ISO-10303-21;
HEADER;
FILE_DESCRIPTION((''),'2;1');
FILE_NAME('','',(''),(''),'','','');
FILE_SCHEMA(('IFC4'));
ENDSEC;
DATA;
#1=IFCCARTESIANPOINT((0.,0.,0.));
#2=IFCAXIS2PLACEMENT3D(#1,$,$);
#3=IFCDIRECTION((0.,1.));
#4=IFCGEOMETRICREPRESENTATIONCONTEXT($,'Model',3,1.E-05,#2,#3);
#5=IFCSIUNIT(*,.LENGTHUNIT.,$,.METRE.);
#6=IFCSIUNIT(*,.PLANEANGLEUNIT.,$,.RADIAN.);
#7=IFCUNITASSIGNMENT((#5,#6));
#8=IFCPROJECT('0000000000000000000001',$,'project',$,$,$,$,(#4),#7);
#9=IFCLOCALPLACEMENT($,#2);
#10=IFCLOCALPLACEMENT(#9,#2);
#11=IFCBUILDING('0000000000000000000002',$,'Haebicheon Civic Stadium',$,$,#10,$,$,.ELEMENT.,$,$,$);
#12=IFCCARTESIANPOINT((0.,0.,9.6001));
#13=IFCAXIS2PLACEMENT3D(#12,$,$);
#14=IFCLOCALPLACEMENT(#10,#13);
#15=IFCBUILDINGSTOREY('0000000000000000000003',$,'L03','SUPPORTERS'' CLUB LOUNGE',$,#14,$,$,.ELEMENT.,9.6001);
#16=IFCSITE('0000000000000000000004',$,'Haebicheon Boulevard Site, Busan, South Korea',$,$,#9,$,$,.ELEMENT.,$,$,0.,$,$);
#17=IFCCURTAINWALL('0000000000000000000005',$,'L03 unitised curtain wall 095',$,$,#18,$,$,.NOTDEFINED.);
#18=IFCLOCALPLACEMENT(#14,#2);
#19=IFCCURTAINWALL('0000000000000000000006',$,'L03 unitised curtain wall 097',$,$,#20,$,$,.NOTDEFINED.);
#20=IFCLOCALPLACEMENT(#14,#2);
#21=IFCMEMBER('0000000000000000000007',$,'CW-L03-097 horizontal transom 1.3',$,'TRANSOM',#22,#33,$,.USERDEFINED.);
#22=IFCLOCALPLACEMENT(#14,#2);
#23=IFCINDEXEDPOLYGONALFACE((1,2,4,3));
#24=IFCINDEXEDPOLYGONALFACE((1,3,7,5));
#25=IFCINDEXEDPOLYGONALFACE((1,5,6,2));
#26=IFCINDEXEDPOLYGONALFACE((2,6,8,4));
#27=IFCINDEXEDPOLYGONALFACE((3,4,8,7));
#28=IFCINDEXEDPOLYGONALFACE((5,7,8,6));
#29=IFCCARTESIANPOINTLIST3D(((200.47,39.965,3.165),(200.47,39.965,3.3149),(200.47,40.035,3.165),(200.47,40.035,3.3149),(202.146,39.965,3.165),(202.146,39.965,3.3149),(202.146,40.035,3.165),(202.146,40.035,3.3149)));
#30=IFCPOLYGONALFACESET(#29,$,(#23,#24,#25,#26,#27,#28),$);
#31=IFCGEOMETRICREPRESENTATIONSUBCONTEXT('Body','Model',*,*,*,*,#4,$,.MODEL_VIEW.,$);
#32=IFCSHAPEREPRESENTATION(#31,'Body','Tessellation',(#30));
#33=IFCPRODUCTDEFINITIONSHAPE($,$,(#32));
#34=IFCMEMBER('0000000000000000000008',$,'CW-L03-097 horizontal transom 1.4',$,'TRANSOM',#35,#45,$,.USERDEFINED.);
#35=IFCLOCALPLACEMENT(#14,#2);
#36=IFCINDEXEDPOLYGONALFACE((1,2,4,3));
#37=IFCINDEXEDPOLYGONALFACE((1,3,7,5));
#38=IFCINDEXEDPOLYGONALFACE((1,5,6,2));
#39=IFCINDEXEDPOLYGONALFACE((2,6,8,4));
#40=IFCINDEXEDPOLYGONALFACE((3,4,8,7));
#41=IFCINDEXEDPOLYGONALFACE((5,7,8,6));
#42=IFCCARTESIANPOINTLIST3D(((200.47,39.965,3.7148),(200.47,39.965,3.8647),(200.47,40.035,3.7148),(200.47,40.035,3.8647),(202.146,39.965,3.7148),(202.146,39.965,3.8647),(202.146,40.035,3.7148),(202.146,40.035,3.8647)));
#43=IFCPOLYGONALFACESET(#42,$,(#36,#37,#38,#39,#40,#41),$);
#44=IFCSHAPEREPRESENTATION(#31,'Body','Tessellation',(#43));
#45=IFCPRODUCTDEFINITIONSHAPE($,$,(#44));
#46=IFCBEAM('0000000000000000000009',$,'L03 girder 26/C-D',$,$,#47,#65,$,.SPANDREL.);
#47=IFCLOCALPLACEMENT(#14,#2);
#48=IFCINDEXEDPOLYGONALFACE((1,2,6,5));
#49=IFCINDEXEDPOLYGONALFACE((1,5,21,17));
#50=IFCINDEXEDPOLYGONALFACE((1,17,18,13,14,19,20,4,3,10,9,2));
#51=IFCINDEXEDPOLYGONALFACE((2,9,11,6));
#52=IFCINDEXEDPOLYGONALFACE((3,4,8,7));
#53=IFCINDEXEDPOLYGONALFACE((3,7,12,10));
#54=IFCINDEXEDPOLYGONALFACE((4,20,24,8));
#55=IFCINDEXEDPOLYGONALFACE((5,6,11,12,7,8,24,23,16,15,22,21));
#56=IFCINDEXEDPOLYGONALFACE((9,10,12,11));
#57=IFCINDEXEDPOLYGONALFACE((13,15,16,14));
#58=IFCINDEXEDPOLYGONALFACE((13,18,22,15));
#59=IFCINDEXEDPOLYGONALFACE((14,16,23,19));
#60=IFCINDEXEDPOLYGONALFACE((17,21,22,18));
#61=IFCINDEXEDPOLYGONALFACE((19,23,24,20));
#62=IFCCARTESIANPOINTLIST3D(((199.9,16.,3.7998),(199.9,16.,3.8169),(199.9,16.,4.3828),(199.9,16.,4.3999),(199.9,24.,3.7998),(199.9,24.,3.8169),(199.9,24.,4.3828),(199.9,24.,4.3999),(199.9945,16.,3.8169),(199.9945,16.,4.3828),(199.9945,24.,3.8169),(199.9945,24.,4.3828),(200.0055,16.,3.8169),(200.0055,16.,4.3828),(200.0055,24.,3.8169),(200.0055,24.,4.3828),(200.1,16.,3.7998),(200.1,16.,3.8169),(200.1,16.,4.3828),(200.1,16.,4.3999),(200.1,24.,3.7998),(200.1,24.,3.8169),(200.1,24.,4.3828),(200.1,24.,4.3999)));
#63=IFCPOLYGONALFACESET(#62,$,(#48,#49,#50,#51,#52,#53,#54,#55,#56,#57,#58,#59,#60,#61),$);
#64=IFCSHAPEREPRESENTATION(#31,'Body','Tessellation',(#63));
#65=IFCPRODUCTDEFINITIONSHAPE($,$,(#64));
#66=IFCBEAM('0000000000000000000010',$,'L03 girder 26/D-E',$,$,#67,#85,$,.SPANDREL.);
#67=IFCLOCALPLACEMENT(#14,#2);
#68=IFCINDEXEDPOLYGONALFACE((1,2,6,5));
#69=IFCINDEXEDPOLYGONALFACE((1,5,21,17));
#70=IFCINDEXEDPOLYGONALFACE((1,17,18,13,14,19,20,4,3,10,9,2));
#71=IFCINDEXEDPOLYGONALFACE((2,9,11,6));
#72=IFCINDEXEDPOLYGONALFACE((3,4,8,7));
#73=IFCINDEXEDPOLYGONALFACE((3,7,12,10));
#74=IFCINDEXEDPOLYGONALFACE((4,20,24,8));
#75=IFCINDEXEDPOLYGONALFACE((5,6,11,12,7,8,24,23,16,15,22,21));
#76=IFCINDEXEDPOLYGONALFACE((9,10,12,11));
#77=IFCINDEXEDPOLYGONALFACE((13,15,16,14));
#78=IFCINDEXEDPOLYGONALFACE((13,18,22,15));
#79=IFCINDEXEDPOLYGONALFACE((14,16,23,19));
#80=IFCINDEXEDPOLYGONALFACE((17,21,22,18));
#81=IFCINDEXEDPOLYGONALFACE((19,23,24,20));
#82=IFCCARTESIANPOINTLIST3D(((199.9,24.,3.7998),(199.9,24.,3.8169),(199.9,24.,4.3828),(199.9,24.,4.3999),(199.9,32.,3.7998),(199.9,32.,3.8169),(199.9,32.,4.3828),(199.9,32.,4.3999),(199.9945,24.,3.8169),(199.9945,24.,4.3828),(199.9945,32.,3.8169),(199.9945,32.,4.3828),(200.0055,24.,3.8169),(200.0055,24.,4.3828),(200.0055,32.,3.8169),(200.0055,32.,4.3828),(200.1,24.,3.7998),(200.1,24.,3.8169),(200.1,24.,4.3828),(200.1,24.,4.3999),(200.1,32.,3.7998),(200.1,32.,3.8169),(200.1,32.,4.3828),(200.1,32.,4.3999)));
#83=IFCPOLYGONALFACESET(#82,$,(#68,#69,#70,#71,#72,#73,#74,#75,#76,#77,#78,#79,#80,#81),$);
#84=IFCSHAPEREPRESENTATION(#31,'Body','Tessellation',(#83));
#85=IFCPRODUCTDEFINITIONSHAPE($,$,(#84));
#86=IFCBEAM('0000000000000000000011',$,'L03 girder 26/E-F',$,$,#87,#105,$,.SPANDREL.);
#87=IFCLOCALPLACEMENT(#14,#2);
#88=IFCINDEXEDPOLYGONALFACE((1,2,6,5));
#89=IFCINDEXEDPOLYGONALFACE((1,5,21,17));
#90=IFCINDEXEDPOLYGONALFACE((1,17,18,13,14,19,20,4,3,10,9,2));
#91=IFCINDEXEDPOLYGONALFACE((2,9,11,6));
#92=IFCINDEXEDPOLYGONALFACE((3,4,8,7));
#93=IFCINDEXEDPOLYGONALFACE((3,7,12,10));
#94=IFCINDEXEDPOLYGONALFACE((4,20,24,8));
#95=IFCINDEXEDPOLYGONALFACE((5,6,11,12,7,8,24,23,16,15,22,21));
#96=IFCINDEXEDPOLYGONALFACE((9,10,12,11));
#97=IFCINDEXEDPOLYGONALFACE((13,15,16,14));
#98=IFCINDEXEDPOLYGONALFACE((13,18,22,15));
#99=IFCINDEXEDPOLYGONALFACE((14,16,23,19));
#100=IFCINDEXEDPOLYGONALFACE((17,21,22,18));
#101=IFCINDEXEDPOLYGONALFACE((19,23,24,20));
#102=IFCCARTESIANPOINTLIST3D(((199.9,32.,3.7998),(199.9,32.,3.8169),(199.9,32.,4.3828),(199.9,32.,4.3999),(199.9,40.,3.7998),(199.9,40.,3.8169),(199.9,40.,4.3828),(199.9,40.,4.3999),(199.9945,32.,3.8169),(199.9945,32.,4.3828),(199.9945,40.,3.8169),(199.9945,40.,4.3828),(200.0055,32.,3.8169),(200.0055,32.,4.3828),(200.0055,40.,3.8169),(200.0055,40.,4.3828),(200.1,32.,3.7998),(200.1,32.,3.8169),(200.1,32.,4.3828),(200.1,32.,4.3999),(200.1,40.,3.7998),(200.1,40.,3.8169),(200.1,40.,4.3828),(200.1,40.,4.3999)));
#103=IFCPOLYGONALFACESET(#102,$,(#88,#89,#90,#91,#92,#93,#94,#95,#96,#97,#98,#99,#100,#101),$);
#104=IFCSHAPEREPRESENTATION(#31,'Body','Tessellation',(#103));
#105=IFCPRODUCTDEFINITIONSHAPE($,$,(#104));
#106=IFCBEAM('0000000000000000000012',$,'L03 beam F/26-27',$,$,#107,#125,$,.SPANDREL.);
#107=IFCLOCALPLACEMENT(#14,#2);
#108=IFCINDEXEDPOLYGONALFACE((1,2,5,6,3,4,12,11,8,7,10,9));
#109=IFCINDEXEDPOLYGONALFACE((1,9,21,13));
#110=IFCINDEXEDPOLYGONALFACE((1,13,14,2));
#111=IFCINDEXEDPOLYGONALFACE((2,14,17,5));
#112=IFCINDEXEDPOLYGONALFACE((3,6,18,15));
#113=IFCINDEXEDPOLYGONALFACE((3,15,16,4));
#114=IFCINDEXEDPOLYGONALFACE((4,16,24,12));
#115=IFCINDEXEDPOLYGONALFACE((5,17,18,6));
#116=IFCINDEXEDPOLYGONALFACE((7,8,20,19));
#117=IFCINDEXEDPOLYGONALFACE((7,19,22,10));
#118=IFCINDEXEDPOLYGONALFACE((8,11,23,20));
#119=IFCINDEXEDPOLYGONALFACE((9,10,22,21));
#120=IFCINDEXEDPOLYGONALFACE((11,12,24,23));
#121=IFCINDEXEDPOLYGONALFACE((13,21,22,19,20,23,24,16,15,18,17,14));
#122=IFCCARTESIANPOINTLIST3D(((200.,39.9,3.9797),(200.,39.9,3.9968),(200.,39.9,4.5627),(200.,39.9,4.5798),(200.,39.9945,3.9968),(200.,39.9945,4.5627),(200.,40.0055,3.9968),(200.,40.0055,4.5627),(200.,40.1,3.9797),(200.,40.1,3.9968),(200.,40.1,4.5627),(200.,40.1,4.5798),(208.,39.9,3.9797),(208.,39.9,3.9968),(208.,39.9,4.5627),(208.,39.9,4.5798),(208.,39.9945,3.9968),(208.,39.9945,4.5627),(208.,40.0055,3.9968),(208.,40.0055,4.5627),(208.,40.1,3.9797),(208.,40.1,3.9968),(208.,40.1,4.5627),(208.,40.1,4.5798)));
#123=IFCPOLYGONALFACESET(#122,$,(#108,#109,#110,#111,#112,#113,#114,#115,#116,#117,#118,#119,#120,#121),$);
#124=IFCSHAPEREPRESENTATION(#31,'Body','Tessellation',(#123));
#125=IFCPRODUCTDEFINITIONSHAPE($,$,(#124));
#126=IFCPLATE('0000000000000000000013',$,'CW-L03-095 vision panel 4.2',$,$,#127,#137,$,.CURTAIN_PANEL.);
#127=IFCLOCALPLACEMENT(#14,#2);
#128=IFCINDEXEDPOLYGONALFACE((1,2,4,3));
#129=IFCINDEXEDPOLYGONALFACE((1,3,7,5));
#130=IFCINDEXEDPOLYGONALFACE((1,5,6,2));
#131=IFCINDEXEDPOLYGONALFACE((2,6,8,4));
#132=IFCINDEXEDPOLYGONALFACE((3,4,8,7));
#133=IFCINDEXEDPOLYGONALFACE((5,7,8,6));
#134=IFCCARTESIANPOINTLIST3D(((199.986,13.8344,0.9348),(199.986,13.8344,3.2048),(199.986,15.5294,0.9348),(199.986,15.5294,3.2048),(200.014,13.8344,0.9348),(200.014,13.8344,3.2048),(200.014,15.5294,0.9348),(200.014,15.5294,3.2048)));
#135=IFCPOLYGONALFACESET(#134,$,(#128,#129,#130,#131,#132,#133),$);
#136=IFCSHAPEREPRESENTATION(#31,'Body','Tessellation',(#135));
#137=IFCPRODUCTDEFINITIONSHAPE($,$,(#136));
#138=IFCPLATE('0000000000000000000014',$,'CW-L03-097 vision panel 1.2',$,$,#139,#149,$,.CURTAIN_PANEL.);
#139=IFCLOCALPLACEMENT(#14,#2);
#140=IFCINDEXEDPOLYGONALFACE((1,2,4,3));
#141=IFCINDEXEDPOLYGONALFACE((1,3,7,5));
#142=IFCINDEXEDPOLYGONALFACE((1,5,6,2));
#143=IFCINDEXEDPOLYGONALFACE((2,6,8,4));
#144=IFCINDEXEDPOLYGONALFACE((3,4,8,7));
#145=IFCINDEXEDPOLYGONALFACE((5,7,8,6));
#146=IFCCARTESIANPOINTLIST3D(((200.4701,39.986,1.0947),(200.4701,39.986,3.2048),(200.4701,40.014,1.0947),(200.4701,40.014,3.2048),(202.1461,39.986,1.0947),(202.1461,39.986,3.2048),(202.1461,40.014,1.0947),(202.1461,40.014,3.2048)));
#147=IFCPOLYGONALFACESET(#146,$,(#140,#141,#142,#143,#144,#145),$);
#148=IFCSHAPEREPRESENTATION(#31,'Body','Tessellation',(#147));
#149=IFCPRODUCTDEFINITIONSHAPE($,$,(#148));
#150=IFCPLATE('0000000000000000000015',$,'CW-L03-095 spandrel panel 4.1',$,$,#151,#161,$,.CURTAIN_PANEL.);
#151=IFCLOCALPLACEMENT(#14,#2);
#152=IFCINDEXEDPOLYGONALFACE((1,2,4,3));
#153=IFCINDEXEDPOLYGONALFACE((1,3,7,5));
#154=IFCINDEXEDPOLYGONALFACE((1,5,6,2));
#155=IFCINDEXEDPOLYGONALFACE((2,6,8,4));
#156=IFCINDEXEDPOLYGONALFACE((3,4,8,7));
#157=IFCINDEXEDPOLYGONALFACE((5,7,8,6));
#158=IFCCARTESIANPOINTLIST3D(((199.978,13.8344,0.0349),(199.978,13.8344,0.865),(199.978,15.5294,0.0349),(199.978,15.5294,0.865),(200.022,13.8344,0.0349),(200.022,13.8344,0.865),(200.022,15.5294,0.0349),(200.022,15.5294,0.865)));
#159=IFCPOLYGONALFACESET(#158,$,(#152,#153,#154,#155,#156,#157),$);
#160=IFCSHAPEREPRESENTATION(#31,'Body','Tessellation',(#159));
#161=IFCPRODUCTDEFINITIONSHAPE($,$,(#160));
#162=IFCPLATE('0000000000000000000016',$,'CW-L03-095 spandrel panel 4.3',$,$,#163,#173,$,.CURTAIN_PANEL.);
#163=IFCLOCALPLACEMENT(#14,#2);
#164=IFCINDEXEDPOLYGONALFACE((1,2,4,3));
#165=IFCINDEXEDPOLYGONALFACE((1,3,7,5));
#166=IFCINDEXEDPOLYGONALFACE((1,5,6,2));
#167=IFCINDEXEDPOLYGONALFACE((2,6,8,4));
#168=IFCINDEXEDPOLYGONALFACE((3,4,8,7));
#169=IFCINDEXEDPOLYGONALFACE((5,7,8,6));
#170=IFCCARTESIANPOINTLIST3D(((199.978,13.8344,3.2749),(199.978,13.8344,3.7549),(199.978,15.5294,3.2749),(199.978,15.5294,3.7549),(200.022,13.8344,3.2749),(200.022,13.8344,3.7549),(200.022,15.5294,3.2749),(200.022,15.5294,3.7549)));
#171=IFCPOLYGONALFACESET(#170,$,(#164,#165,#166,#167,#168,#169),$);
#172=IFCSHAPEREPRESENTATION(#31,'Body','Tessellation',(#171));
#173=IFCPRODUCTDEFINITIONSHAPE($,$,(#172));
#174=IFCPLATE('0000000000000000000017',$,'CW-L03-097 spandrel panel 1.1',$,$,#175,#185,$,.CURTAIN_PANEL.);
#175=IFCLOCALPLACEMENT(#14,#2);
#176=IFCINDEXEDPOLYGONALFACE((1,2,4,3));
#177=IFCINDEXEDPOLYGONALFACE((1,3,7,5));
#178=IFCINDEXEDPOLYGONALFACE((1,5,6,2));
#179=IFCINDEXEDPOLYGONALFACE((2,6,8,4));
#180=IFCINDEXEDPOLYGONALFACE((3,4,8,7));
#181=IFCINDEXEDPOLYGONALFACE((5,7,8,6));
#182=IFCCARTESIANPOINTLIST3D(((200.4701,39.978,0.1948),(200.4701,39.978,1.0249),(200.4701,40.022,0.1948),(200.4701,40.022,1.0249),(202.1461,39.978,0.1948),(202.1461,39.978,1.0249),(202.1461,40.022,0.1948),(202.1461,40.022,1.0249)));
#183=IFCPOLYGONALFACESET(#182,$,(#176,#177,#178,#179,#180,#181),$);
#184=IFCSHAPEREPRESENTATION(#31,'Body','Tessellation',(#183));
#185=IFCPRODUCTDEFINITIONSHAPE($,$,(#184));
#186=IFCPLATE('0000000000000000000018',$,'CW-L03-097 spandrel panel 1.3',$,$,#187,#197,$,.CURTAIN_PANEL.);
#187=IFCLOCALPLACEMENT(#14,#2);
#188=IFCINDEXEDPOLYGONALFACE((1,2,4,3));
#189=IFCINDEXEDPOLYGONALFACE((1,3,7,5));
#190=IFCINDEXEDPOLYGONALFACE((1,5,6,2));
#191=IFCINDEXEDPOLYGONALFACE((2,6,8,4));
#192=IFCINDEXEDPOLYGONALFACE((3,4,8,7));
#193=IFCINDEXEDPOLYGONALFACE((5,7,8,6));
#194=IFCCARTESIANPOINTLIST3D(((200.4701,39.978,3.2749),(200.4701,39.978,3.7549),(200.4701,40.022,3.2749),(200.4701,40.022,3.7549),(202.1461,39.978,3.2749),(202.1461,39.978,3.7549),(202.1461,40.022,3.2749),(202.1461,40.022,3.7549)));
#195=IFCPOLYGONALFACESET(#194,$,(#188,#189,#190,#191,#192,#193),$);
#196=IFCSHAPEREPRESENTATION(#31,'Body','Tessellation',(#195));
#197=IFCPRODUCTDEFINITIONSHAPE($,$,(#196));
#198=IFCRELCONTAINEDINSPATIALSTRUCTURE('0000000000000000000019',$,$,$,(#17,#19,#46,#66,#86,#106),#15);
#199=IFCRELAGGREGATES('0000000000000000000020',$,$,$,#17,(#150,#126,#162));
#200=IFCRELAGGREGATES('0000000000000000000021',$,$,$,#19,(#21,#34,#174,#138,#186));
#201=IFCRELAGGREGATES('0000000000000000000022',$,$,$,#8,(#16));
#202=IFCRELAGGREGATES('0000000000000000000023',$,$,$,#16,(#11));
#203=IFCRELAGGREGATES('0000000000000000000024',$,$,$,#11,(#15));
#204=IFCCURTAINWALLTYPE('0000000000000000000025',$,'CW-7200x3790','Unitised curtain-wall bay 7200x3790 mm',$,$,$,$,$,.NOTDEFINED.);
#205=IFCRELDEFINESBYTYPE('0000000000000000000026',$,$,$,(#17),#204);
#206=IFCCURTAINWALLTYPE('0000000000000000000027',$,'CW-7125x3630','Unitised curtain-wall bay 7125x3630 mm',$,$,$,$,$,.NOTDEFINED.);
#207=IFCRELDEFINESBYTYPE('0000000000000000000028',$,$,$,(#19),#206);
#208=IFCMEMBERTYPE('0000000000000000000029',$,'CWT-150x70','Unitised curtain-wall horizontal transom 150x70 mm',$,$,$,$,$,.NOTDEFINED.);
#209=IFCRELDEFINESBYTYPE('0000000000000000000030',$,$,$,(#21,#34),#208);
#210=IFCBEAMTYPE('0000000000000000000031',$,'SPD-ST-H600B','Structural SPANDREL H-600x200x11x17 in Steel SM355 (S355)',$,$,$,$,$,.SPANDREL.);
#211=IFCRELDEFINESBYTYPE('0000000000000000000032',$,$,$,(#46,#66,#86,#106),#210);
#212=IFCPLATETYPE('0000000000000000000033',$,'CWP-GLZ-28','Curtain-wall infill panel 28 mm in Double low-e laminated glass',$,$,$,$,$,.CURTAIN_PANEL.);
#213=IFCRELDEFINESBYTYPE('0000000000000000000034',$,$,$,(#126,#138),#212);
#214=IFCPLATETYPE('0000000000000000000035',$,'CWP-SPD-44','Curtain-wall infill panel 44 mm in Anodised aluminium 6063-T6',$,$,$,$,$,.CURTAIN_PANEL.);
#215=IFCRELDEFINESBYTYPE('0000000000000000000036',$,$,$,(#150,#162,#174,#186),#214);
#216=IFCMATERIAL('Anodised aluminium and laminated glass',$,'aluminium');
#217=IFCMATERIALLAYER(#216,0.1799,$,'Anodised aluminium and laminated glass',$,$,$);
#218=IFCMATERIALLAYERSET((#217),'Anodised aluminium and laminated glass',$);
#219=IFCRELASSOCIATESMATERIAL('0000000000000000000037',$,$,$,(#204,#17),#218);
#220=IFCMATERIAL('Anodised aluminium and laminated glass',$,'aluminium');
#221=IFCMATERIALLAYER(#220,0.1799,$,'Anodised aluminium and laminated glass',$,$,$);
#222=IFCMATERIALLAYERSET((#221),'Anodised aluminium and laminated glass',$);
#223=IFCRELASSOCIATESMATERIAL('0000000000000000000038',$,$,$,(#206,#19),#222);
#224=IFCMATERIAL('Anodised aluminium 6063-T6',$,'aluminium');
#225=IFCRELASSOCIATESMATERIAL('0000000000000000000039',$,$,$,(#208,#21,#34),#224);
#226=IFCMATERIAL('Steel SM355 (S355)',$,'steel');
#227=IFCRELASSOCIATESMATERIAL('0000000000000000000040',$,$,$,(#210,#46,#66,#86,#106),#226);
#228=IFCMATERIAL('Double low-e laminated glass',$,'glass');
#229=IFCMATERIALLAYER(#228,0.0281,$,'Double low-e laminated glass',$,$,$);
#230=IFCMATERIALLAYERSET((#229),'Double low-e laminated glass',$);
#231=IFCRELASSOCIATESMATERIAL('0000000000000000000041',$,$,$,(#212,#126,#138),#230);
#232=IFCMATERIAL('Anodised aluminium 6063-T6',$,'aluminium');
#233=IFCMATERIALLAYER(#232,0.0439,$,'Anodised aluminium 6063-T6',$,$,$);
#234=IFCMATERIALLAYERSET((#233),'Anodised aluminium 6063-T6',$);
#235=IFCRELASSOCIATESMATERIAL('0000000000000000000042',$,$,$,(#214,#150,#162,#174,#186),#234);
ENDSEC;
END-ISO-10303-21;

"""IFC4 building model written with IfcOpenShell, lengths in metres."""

from ifc_helpers import new_model, si_unit, direction, frame, origin, origin_2d, place, context, subcontext, project, spatial, rectangle, i_section, extrude, material, layer, layer_set, material_profile, profile_set, type_object, element, aggregate, save


model = new_model("IFC4")

# Units and contexts
model_context = context("Model", 3, precision=1e-05, world=origin(), true_north=direction((0.0, 1.0)))
body_context = subcontext(model_context, "Body", "Model", "MODEL_VIEW")
ifc_project = project(units=[si_unit("LENGTHUNIT", "METRE"), si_unit("PLANEANGLEUNIT", "RADIAN")], contexts=[model_context])

# Site, building, storey
site_placement = place(None, origin())
site = spatial("IfcSite", under=ifc_project, at=site_placement, Name="Haebicheon Boulevard Site, Busan, South Korea", CompositionType="ELEMENT", RefElevation=0.0)
building_placement = place(site_placement, origin())
building = spatial("IfcBuilding", under=site, at=building_placement, Name="Haebicheon Civic Stadium", CompositionType="ELEMENT")
storey_placement = place(building_placement, frame((0.0, 0.0, 9.6001)))
storey = spatial("IfcBuildingStorey", under=building, at=storey_placement, Name="L03", Description="SUPPORTERS' CLUB LOUNGE", CompositionType="ELEMENT", Elevation=9.6001)

# Curtain wall
ifc_material_1 = material(Name="Anodised aluminium and laminated glass", Category="aluminium")
ifc_layer_1 = layer(ifc_material_1, 0.1799, Name="Anodised aluminium and laminated glass")
ifc_layer_set_1 = layer_set([ifc_layer_1], Name="Anodised aluminium and laminated glass")
curtain_wall_type_1 = type_object("IfcCurtainWallType", Name="CW-7200x3790", Description="Unitised curtain-wall bay 7200x3790 mm", PredefinedType="NOTDEFINED", material=ifc_layer_set_1)
curtain_wall_1_placement = place(storey_placement, origin())
curtain_wall_1 = element("IfcCurtainWall", 1, at=curtain_wall_1_placement, inside=storey, type_object=curtain_wall_type_1, material=ifc_layer_set_1, Name="L03 unitised curtain wall 095", PredefinedType="NOTDEFINED")

# Curtain wall
ifc_material_2 = material(Name="Anodised aluminium and laminated glass", Category="aluminium")
ifc_layer_2 = layer(ifc_material_2, 0.1799, Name="Anodised aluminium and laminated glass")
ifc_layer_set_2 = layer_set([ifc_layer_2], Name="Anodised aluminium and laminated glass")
curtain_wall_type_2 = type_object("IfcCurtainWallType", Name="CW-7125x3630", Description="Unitised curtain-wall bay 7125x3630 mm", PredefinedType="NOTDEFINED", material=ifc_layer_set_2)
curtain_wall_2_placement = place(storey_placement, origin())
curtain_wall_2 = element("IfcCurtainWall", 2, at=curtain_wall_2_placement, inside=storey, type_object=curtain_wall_type_2, material=ifc_layer_set_2, Name="L03 unitised curtain wall 097", PredefinedType="NOTDEFINED")

# Members
ifc_material_3 = material(Name="Anodised aluminium 6063-T6", Category="aluminium")
ifc_material_profile_1 = material_profile(ifc_material_3, rectangle(XDim=0.0701, YDim=0.1499, at=origin_2d()), Name="ALU-TRAN-70x150")
ifc_profile_set_1 = profile_set([ifc_material_profile_1], Name="Anodised aluminium 6063-T6")
member_type_1 = type_object("IfcMemberType", Name="CWT-150x70", Description="Unitised curtain-wall horizontal transom 150x70 mm", PredefinedType="NOTDEFINED", material=ifc_profile_set_1)
member_1_placement = place(storey_placement, frame((200.47, 40.0, 3.24), z_axis=(1.0, 0.0, 0.0), x_axis=(0.0, 1.0, 0.0)))
member_1 = element("IfcMember", 3, at=member_1_placement, type_object=member_type_1, material=ifc_profile_set_1, Name="CW-L03-097 horizontal transom 1.3", ObjectType="TRANSOM", PredefinedType="USERDEFINED", context=body_context, shape_type="SweptSolid", body=[
    extrude(rectangle(XDim=0.0701, YDim=0.1499, at=origin_2d()), origin(), (0.0, 0.0, 1.0), 1.676),
])
member_2_placement = place(storey_placement, frame((200.47, 40.0, 3.7898), z_axis=(1.0, 0.0, 0.0), x_axis=(0.0, 1.0, 0.0)))
member_2 = element("IfcMember", 4, at=member_2_placement, type_object=member_type_1, material=ifc_profile_set_1, Name="CW-L03-097 horizontal transom 1.4", ObjectType="TRANSOM", PredefinedType="USERDEFINED", context=body_context, shape_type="SweptSolid", body=[
    extrude(rectangle(XDim=0.0701, YDim=0.1499, at=origin_2d()), origin(), (0.0, 0.0, 1.0), 1.676),
])

# Beams
ifc_material_4 = material(Name="Steel SM355 (S355)", Category="steel")
ifc_material_profile_2 = material_profile(ifc_material_4, i_section(OverallWidth=0.2, OverallDepth=0.6001, WebThickness=0.011, FlangeThickness=0.0171, at=origin_2d()), Name="H-600x200x11x17")
ifc_profile_set_2 = profile_set([ifc_material_profile_2], Name="Steel SM355 (S355)")
beam_type_1 = type_object("IfcBeamType", Name="SPD-ST-H600B", Description="Structural SPANDREL H-600x200x11x17 in Steel SM355 (S355)", PredefinedType="SPANDREL", material=ifc_profile_set_2)
for number, where, z_axis, x_axis, name in (
    (5, (200.0, 16.0, 4.0999), (0.0, 1.0, 0.0), (-1.0, 0.0, 0.0), "L03 girder 26/C-D"),
    (6, (200.0, 24.0, 4.0999), (0.0, 1.0, 0.0), (-1.0, 0.0, 0.0), "L03 girder 26/D-E"),
    (7, (200.0, 32.0, 4.0999), (0.0, 1.0, 0.0), (-1.0, 0.0, 0.0), "L03 girder 26/E-F"),
    (8, (200.0, 40.0, 4.2798), (1.0, 0.0, 0.0), (0.0, 1.0, 0.0), "L03 beam F/26-27"),
):
    element("IfcBeam", number, at=place(storey_placement, frame(where, z_axis=z_axis, x_axis=x_axis)), inside=storey, type_object=beam_type_1, material=ifc_profile_set_2, Name=name, PredefinedType="SPANDREL", context=body_context, shape_type="SweptSolid", body=[
        extrude(i_section(OverallWidth=0.2, OverallDepth=0.6001, WebThickness=0.011, FlangeThickness=0.0171, at=origin_2d()), origin(), (0.0, 0.0, 1.0), 8.0),
    ])

# Plates
ifc_material_5 = material(Name="Double low-e laminated glass", Category="glass")
ifc_layer_3 = layer(ifc_material_5, 0.0281, Name="Double low-e laminated glass")
ifc_layer_set_3 = layer_set([ifc_layer_3], Name="Double low-e laminated glass")
plate_type_1 = type_object("IfcPlateType", Name="CWP-GLZ-28", Description="Curtain-wall infill panel 28 mm in Double low-e laminated glass", PredefinedType="CURTAIN_PANEL", material=ifc_layer_set_3)
plate_1_placement = place(storey_placement, frame((200.0, 14.6819, 0.9348), z_axis=(0.0, 0.0, 1.0), x_axis=(0.0, 1.0, 0.0)))
plate_1 = element("IfcPlate", 9, at=plate_1_placement, type_object=plate_type_1, material=ifc_layer_set_3, Name="CW-L03-095 vision panel 4.2", PredefinedType="CURTAIN_PANEL", context=body_context, shape_type="SweptSolid", body=[
    extrude(rectangle(XDim=1.6951, YDim=0.0281, at=origin_2d()), origin(), (0.0, 0.0, 1.0), 2.27),
])
plate_2_placement = place(storey_placement, frame((201.3081, 40.0, 1.0947), z_axis=(0.0, 0.0, 1.0), x_axis=(1.0, 0.0, 0.0)))
plate_2 = element("IfcPlate", 10, at=plate_2_placement, type_object=plate_type_1, material=ifc_layer_set_3, Name="CW-L03-097 vision panel 1.2", PredefinedType="CURTAIN_PANEL", context=body_context, shape_type="SweptSolid", body=[
    extrude(rectangle(XDim=1.676, YDim=0.0281, at=origin_2d()), origin(), (0.0, 0.0, 1.0), 2.1101),
])
ifc_material_6 = material(Name="Anodised aluminium 6063-T6", Category="aluminium")
ifc_layer_4 = layer(ifc_material_6, 0.0439, Name="Anodised aluminium 6063-T6")
ifc_layer_set_4 = layer_set([ifc_layer_4], Name="Anodised aluminium 6063-T6")
plate_type_2 = type_object("IfcPlateType", Name="CWP-SPD-44", Description="Curtain-wall infill panel 44 mm in Anodised aluminium 6063-T6", PredefinedType="CURTAIN_PANEL", material=ifc_layer_set_4)
plate_3_placement = place(storey_placement, frame((200.0, 14.6819, 0.0349), z_axis=(0.0, 0.0, 1.0), x_axis=(0.0, 1.0, 0.0)))
plate_3 = element("IfcPlate", 11, at=plate_3_placement, type_object=plate_type_2, material=ifc_layer_set_4, Name="CW-L03-095 spandrel panel 4.1", PredefinedType="CURTAIN_PANEL", context=body_context, shape_type="SweptSolid", body=[
    extrude(rectangle(XDim=1.6951, YDim=0.0439, at=origin_2d()), origin(), (0.0, 0.0, 1.0), 0.8301),
])
plate_4_placement = place(storey_placement, frame((200.0, 14.6819, 3.2749), z_axis=(0.0, 0.0, 1.0), x_axis=(0.0, 1.0, 0.0)))
plate_4 = element("IfcPlate", 12, at=plate_4_placement, type_object=plate_type_2, material=ifc_layer_set_4, Name="CW-L03-095 spandrel panel 4.3", PredefinedType="CURTAIN_PANEL", context=body_context, shape_type="SweptSolid", body=[
    extrude(rectangle(XDim=1.6951, YDim=0.0439, at=origin_2d()), origin(), (0.0, 0.0, 1.0), 0.48),
])
aggregate(curtain_wall_1, [plate_3, plate_1, plate_4])
plate_5_placement = place(storey_placement, frame((201.3081, 40.0, 0.1948), z_axis=(0.0, 0.0, 1.0), x_axis=(1.0, 0.0, 0.0)))
plate_5 = element("IfcPlate", 13, at=plate_5_placement, type_object=plate_type_2, material=ifc_layer_set_4, Name="CW-L03-097 spandrel panel 1.1", PredefinedType="CURTAIN_PANEL", context=body_context, shape_type="SweptSolid", body=[
    extrude(rectangle(XDim=1.676, YDim=0.0439, at=origin_2d()), origin(), (0.0, 0.0, 1.0), 0.8301),
])
plate_6_placement = place(storey_placement, frame((201.3081, 40.0, 3.2749), z_axis=(0.0, 0.0, 1.0), x_axis=(1.0, 0.0, 0.0)))
plate_6 = element("IfcPlate", 14, at=plate_6_placement, type_object=plate_type_2, material=ifc_layer_set_4, Name="CW-L03-097 spandrel panel 1.3", PredefinedType="CURTAIN_PANEL", context=body_context, shape_type="SweptSolid", body=[
    extrude(rectangle(XDim=1.676, YDim=0.0439, at=origin_2d()), origin(), (0.0, 0.0, 1.0), 0.48),
])
aggregate(curtain_wall_2, [member_1, member_2, plate_5, plate_2, plate_6])

save(model, "model.ifc")
